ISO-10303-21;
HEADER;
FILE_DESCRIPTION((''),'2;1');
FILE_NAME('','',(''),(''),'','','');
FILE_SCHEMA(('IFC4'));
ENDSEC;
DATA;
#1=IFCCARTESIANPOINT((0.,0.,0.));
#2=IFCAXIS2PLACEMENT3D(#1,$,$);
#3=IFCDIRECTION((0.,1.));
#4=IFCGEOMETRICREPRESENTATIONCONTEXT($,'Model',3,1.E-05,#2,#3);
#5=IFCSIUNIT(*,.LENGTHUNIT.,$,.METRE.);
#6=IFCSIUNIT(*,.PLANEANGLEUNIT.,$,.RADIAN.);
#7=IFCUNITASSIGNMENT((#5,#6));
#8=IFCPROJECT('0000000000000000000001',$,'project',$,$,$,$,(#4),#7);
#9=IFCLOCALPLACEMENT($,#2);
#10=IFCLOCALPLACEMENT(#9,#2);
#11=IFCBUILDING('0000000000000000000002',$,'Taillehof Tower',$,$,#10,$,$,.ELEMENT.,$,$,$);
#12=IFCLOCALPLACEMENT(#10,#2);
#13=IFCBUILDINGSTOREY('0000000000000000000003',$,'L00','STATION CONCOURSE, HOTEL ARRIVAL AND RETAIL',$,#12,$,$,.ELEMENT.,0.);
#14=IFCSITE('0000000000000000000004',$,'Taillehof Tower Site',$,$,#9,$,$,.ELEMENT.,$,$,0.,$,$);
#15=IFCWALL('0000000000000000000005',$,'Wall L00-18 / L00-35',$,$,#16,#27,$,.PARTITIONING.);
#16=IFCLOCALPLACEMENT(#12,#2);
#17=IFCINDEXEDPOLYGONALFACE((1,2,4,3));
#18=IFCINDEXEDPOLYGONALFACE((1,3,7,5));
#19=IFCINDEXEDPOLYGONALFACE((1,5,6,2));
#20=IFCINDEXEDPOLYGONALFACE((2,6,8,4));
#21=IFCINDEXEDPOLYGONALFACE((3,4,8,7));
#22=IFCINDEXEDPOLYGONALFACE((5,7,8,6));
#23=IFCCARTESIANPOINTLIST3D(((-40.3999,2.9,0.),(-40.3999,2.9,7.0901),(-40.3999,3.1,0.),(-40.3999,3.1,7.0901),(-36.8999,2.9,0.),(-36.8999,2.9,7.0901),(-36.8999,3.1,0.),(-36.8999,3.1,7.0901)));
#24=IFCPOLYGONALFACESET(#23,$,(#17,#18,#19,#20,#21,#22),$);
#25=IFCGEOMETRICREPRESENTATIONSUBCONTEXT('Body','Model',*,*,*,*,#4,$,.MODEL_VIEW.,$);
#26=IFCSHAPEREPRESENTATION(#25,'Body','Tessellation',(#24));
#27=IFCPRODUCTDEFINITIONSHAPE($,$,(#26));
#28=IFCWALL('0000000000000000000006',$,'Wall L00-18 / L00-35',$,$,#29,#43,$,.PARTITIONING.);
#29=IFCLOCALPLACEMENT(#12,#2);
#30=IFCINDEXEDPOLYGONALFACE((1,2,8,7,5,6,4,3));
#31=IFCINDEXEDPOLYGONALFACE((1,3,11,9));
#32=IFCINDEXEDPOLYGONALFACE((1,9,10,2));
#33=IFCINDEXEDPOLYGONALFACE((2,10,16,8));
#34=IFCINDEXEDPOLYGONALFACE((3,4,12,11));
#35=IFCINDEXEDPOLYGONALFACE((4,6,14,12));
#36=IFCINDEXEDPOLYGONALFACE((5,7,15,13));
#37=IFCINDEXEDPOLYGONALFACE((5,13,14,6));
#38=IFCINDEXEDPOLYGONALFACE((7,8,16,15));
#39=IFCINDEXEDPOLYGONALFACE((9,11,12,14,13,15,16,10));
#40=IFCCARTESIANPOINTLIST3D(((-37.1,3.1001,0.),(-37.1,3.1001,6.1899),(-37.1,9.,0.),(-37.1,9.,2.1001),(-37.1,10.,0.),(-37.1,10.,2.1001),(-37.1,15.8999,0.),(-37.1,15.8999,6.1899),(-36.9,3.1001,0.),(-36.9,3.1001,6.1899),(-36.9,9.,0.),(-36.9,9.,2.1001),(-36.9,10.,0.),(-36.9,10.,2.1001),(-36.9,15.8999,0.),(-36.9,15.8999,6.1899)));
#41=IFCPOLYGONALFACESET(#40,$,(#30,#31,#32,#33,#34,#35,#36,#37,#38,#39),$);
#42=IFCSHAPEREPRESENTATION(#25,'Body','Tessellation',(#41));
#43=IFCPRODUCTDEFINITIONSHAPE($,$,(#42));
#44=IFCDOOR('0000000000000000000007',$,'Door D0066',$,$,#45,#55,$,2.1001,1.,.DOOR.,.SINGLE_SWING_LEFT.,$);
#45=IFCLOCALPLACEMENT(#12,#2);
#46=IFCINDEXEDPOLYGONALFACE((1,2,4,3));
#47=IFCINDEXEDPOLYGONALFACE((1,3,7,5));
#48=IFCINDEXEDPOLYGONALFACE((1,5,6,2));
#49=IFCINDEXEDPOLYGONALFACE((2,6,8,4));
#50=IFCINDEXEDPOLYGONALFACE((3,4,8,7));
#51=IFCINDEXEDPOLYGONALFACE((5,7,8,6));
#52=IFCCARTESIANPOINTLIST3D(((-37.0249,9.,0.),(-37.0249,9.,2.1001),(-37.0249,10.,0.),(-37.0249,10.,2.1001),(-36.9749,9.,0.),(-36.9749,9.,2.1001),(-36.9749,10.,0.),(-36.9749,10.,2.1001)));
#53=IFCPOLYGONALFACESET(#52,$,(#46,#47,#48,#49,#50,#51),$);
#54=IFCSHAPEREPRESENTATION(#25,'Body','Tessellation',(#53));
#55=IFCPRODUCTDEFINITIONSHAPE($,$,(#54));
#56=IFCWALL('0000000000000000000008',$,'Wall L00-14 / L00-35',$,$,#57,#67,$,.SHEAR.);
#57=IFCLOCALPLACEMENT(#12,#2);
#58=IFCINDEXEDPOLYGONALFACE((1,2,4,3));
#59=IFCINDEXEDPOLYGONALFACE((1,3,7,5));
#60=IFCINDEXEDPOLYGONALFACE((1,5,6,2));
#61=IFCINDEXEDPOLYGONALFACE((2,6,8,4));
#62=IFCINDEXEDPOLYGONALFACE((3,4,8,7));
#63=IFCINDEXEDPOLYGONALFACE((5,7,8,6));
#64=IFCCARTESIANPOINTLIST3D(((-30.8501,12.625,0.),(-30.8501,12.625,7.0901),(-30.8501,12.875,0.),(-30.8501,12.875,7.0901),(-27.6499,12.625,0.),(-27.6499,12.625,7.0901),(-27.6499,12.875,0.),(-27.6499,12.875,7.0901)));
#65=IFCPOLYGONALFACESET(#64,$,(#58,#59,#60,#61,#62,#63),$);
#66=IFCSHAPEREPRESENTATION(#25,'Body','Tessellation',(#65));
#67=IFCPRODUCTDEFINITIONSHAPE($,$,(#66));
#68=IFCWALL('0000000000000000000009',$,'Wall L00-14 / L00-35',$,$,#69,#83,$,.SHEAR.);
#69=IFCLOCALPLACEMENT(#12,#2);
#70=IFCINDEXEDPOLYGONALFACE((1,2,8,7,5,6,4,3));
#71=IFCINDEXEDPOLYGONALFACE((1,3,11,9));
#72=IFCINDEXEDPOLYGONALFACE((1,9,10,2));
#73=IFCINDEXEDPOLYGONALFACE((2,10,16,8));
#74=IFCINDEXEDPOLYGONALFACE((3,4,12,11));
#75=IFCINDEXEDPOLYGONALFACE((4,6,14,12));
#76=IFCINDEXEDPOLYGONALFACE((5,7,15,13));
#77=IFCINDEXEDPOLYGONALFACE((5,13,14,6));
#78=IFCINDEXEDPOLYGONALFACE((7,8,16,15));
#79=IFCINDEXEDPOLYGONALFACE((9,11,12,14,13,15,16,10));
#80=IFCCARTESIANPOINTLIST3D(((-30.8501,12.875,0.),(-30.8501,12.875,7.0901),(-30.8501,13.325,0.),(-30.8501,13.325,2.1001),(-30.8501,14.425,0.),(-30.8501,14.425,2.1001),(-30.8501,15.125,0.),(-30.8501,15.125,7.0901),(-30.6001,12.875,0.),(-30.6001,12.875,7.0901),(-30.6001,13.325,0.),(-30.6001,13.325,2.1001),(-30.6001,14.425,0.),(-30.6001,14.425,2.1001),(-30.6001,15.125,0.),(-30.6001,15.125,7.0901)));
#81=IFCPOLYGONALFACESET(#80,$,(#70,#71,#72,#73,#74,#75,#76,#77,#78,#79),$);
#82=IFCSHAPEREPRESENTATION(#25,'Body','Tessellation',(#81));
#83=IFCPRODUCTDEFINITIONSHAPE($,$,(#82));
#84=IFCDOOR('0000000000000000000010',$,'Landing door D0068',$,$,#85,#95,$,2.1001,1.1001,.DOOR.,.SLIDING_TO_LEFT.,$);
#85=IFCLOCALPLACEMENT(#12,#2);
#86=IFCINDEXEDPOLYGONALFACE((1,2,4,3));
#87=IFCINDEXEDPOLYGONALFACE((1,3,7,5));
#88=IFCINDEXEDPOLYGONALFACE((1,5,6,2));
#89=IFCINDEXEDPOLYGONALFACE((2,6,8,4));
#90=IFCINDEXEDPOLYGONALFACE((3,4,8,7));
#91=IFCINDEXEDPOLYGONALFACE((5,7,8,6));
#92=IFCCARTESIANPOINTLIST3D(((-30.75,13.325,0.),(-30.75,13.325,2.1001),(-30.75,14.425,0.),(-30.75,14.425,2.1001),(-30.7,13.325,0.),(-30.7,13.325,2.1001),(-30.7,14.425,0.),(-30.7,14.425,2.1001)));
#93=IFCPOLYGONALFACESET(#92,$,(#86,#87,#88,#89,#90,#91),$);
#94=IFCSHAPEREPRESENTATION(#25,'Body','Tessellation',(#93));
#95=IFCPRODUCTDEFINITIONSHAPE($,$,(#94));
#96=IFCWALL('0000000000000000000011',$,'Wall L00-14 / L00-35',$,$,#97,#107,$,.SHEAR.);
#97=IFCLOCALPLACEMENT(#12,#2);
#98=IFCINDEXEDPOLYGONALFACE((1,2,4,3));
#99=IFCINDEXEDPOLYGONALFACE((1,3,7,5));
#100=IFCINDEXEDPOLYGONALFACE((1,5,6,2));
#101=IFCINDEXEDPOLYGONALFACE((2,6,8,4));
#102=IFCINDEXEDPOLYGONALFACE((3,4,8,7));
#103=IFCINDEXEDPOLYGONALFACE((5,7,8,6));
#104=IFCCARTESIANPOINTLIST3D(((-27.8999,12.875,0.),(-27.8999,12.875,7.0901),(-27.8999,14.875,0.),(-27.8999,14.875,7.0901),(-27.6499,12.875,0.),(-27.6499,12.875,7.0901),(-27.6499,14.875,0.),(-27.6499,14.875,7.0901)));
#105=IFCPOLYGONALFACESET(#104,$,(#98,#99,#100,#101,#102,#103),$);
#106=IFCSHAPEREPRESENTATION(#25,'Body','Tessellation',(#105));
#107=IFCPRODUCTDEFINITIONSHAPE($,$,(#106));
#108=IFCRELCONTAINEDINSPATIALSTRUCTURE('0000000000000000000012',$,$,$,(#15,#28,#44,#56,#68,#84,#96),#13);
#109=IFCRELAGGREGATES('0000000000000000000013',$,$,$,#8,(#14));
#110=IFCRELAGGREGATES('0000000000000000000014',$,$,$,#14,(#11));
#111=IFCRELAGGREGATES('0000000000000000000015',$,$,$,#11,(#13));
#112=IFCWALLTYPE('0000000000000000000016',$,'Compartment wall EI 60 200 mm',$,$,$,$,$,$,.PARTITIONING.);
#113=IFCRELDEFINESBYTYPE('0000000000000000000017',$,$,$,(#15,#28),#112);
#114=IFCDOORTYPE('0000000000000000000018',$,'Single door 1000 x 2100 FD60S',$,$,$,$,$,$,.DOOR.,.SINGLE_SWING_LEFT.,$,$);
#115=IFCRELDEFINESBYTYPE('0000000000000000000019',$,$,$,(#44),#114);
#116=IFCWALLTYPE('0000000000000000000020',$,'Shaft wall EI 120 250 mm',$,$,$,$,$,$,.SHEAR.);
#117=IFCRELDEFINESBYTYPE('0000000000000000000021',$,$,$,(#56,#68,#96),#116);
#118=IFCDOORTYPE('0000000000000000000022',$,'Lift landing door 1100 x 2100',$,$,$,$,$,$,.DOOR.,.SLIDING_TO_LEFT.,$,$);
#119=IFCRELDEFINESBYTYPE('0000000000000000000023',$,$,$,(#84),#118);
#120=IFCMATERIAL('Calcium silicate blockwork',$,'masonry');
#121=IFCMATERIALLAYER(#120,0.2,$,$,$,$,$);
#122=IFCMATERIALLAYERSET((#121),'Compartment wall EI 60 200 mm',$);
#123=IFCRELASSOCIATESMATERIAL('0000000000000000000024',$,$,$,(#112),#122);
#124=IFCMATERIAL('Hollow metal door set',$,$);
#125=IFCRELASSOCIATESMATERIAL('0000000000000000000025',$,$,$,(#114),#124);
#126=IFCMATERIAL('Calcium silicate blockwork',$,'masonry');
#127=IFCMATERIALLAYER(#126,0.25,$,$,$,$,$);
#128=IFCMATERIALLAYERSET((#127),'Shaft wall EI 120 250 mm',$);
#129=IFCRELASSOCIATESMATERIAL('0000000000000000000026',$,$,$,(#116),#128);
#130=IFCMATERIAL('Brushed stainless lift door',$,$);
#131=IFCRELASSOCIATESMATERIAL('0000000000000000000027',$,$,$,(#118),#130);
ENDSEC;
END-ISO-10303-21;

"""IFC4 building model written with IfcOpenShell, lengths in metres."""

from ifc_helpers import new_model, si_unit, direction, frame, frame_2d, origin, place, context, subcontext, project, spatial, rectangle, extrude, material, layer, layer_set, type_object, element, fill, save


model = new_model("IFC4")

# Units and contexts
model_context = context("Model", 3, precision=1e-05, world=origin(), true_north=direction((0.0, 1.0)))
body_context = subcontext(model_context, "Body", "Model", "MODEL_VIEW")
ifc_project = project(units=[si_unit("LENGTHUNIT", "METRE"), si_unit("PLANEANGLEUNIT", "RADIAN")], contexts=[model_context])

# Site, building, storey
site_placement = place(None, origin())
site = spatial("IfcSite", under=ifc_project, at=site_placement, Name="Taillehof Tower Site", CompositionType="ELEMENT", RefElevation=0.0)
building_placement = place(site_placement, origin())
building = spatial("IfcBuilding", under=site, at=building_placement, Name="Taillehof Tower", CompositionType="ELEMENT")
storey_placement = place(building_placement, origin())
storey = spatial("IfcBuildingStorey", under=building, at=storey_placement, Name="L00", Description="STATION CONCOURSE, HOTEL ARRIVAL AND RETAIL", CompositionType="ELEMENT", Elevation=0.0)

# Wall
ifc_material_1 = material(Name="Calcium silicate blockwork", Category="masonry")
ifc_layer_1 = layer(ifc_material_1, 0.2)
ifc_layer_set_1 = layer_set([ifc_layer_1], Name="Compartment wall EI 60 200 mm")
wall_type_1 = type_object("IfcWallType", Name="Compartment wall EI 60 200 mm", PredefinedType="PARTITIONING", material=ifc_layer_set_1)
wall_1_placement = place(storey_placement, frame((-40.3999, 3.0, 0.0), z_axis=(0.0, 0.0, 1.0), x_axis=(1.0, 0.0, 0.0)))
element("IfcWall", 1, at=wall_1_placement, inside=storey, type_object=wall_type_1, Name="Wall L00-18 / L00-35", PredefinedType="PARTITIONING", context=body_context, shape_type="SweptSolid", body=[
    extrude(rectangle(XDim=3.5, YDim=0.2, at=frame_2d((1.75, 0.0))), origin(), (0.0, 0.0, 1.0), 7.0901),
])

# Wall, opening, door
wall_2_placement = place(storey_placement, frame((-37.0, 3.1001, 0.0), z_axis=(0.0, 0.0, 1.0), x_axis=(0.0, 1.0, 0.0)))
wall_2 = element("IfcWall", 2, at=wall_2_placement, inside=storey, type_object=wall_type_1, Name="Wall L00-18 / L00-35", PredefinedType="PARTITIONING", context=body_context, shape_type="SweptSolid", body=[
    extrude(rectangle(XDim=12.7998, YDim=0.2, at=frame_2d((6.3999, 0.0))), origin(), (0.0, 0.0, 1.0), 6.1899),
])
opening_1_placement = place(wall_2_placement, frame((5.8999, 0.0, 0.0)))
opening_1 = element("IfcOpeningElement", 3, at=opening_1_placement, cuts=wall_2, PredefinedType="OPENING", context=body_context, shape_type="SweptSolid", body=[
    extrude(rectangle(XDim=1.0, YDim=2.1001, at=frame_2d((0.5, 1.05))), frame((0.0, 0.1099, 0.0), z_axis=(0.0, -1.0, 0.0), x_axis=(1.0, 0.0, 0.0)), (0.0, 0.0, 1.0), 0.22),
])
ifc_material_2 = material(Name="Hollow metal door set")
door_type_1 = type_object("IfcDoorType", Name="Single door 1000 x 2100 FD60S", OperationType="SINGLE_SWING_LEFT", PredefinedType="DOOR", material=ifc_material_2)
door_1_placement = place(opening_1_placement, origin())
door_1 = element("IfcDoor", 4, at=door_1_placement, inside=storey, type_object=door_type_1, Name="Door D0066", OperationType="SINGLE_SWING_LEFT", OverallHeight=2.1001, OverallWidth=1.0, PredefinedType="DOOR", context=body_context, shape_type="SweptSolid", body=[
    extrude(rectangle(XDim=1.0, YDim=2.1001, at=frame_2d((0.5, 1.05))), frame((0.0, 0.0249, 0.0), z_axis=(0.0, -1.0, 0.0), x_axis=(1.0, 0.0, 0.0)), (0.0, 0.0, 1.0), 0.05),
])
fill(opening_1, door_1)

# Wall
ifc_material_3 = material(Name="Calcium silicate blockwork", Category="masonry")
ifc_layer_2 = layer(ifc_material_3, 0.25)
ifc_layer_set_2 = layer_set([ifc_layer_2], Name="Shaft wall EI 120 250 mm")
wall_type_2 = type_object("IfcWallType", Name="Shaft wall EI 120 250 mm", PredefinedType="SHEAR", material=ifc_layer_set_2)
wall_3_placement = place(storey_placement, frame((-30.8501, 12.75, 0.0), z_axis=(0.0, 0.0, 1.0), x_axis=(1.0, 0.0, 0.0)))
element("IfcWall", 5, at=wall_3_placement, inside=storey, type_object=wall_type_2, Name="Wall L00-14 / L00-35", PredefinedType="SHEAR", context=body_context, shape_type="SweptSolid", body=[
    extrude(rectangle(XDim=3.2002, YDim=0.25, at=frame_2d((1.6001, 0.0))), origin(), (0.0, 0.0, 1.0), 7.0901),
])

# Wall, opening, door
wall_4_placement = place(storey_placement, frame((-30.7251, 12.875, 0.0), z_axis=(0.0, 0.0, 1.0), x_axis=(0.0, 1.0, 0.0)))
wall_4 = element("IfcWall", 6, at=wall_4_placement, inside=storey, type_object=wall_type_2, Name="Wall L00-14 / L00-35", PredefinedType="SHEAR", context=body_context, shape_type="SweptSolid", body=[
    extrude(rectangle(XDim=2.25, YDim=0.25, at=frame_2d((1.125, 0.0))), origin(), (0.0, 0.0, 1.0), 7.0901),
])
opening_2_placement = place(wall_4_placement, frame((0.45, 0.0, 0.0)))
opening_2 = element("IfcOpeningElement", 7, at=opening_2_placement, cuts=wall_4, PredefinedType="OPENING", context=body_context, shape_type="SweptSolid", body=[
    extrude(rectangle(XDim=1.1001, YDim=2.1001, at=frame_2d((0.55, 1.05))), frame((0.0, 0.135, 0.0), z_axis=(0.0, -1.0, 0.0), x_axis=(1.0, 0.0, 0.0)), (0.0, 0.0, 1.0), 0.27),
])
ifc_material_4 = material(Name="Brushed stainless lift door")
door_type_2 = type_object("IfcDoorType", Name="Lift landing door 1100 x 2100", OperationType="SLIDING_TO_LEFT", PredefinedType="DOOR", material=ifc_material_4)
door_2_placement = place(opening_2_placement, origin())
door_2 = element("IfcDoor", 8, at=door_2_placement, inside=storey, type_object=door_type_2, Name="Landing door D0068", OperationType="SLIDING_TO_LEFT", OverallHeight=2.1001, OverallWidth=1.1001, PredefinedType="DOOR", context=body_context, shape_type="SweptSolid", body=[
    extrude(rectangle(XDim=1.1001, YDim=2.1001, at=frame_2d((0.55, 1.05))), frame((0.0, 0.0249, 0.0), z_axis=(0.0, -1.0, 0.0), x_axis=(1.0, 0.0, 0.0)), (0.0, 0.0, 1.0), 0.05),
])
fill(opening_2, door_2)

# Wall
wall_5_placement = place(storey_placement, frame((-27.7749, 12.875, 0.0), z_axis=(0.0, 0.0, 1.0), x_axis=(0.0, 1.0, 0.0)))
element("IfcWall", 9, at=wall_5_placement, inside=storey, type_object=wall_type_2, Name="Wall L00-14 / L00-35", PredefinedType="SHEAR", context=body_context, shape_type="SweptSolid", body=[
    extrude(rectangle(XDim=2.0, YDim=0.25, at=frame_2d((1.0, 0.0))), origin(), (0.0, 0.0, 1.0), 7.0901),
])

save(model, "model.ifc")
